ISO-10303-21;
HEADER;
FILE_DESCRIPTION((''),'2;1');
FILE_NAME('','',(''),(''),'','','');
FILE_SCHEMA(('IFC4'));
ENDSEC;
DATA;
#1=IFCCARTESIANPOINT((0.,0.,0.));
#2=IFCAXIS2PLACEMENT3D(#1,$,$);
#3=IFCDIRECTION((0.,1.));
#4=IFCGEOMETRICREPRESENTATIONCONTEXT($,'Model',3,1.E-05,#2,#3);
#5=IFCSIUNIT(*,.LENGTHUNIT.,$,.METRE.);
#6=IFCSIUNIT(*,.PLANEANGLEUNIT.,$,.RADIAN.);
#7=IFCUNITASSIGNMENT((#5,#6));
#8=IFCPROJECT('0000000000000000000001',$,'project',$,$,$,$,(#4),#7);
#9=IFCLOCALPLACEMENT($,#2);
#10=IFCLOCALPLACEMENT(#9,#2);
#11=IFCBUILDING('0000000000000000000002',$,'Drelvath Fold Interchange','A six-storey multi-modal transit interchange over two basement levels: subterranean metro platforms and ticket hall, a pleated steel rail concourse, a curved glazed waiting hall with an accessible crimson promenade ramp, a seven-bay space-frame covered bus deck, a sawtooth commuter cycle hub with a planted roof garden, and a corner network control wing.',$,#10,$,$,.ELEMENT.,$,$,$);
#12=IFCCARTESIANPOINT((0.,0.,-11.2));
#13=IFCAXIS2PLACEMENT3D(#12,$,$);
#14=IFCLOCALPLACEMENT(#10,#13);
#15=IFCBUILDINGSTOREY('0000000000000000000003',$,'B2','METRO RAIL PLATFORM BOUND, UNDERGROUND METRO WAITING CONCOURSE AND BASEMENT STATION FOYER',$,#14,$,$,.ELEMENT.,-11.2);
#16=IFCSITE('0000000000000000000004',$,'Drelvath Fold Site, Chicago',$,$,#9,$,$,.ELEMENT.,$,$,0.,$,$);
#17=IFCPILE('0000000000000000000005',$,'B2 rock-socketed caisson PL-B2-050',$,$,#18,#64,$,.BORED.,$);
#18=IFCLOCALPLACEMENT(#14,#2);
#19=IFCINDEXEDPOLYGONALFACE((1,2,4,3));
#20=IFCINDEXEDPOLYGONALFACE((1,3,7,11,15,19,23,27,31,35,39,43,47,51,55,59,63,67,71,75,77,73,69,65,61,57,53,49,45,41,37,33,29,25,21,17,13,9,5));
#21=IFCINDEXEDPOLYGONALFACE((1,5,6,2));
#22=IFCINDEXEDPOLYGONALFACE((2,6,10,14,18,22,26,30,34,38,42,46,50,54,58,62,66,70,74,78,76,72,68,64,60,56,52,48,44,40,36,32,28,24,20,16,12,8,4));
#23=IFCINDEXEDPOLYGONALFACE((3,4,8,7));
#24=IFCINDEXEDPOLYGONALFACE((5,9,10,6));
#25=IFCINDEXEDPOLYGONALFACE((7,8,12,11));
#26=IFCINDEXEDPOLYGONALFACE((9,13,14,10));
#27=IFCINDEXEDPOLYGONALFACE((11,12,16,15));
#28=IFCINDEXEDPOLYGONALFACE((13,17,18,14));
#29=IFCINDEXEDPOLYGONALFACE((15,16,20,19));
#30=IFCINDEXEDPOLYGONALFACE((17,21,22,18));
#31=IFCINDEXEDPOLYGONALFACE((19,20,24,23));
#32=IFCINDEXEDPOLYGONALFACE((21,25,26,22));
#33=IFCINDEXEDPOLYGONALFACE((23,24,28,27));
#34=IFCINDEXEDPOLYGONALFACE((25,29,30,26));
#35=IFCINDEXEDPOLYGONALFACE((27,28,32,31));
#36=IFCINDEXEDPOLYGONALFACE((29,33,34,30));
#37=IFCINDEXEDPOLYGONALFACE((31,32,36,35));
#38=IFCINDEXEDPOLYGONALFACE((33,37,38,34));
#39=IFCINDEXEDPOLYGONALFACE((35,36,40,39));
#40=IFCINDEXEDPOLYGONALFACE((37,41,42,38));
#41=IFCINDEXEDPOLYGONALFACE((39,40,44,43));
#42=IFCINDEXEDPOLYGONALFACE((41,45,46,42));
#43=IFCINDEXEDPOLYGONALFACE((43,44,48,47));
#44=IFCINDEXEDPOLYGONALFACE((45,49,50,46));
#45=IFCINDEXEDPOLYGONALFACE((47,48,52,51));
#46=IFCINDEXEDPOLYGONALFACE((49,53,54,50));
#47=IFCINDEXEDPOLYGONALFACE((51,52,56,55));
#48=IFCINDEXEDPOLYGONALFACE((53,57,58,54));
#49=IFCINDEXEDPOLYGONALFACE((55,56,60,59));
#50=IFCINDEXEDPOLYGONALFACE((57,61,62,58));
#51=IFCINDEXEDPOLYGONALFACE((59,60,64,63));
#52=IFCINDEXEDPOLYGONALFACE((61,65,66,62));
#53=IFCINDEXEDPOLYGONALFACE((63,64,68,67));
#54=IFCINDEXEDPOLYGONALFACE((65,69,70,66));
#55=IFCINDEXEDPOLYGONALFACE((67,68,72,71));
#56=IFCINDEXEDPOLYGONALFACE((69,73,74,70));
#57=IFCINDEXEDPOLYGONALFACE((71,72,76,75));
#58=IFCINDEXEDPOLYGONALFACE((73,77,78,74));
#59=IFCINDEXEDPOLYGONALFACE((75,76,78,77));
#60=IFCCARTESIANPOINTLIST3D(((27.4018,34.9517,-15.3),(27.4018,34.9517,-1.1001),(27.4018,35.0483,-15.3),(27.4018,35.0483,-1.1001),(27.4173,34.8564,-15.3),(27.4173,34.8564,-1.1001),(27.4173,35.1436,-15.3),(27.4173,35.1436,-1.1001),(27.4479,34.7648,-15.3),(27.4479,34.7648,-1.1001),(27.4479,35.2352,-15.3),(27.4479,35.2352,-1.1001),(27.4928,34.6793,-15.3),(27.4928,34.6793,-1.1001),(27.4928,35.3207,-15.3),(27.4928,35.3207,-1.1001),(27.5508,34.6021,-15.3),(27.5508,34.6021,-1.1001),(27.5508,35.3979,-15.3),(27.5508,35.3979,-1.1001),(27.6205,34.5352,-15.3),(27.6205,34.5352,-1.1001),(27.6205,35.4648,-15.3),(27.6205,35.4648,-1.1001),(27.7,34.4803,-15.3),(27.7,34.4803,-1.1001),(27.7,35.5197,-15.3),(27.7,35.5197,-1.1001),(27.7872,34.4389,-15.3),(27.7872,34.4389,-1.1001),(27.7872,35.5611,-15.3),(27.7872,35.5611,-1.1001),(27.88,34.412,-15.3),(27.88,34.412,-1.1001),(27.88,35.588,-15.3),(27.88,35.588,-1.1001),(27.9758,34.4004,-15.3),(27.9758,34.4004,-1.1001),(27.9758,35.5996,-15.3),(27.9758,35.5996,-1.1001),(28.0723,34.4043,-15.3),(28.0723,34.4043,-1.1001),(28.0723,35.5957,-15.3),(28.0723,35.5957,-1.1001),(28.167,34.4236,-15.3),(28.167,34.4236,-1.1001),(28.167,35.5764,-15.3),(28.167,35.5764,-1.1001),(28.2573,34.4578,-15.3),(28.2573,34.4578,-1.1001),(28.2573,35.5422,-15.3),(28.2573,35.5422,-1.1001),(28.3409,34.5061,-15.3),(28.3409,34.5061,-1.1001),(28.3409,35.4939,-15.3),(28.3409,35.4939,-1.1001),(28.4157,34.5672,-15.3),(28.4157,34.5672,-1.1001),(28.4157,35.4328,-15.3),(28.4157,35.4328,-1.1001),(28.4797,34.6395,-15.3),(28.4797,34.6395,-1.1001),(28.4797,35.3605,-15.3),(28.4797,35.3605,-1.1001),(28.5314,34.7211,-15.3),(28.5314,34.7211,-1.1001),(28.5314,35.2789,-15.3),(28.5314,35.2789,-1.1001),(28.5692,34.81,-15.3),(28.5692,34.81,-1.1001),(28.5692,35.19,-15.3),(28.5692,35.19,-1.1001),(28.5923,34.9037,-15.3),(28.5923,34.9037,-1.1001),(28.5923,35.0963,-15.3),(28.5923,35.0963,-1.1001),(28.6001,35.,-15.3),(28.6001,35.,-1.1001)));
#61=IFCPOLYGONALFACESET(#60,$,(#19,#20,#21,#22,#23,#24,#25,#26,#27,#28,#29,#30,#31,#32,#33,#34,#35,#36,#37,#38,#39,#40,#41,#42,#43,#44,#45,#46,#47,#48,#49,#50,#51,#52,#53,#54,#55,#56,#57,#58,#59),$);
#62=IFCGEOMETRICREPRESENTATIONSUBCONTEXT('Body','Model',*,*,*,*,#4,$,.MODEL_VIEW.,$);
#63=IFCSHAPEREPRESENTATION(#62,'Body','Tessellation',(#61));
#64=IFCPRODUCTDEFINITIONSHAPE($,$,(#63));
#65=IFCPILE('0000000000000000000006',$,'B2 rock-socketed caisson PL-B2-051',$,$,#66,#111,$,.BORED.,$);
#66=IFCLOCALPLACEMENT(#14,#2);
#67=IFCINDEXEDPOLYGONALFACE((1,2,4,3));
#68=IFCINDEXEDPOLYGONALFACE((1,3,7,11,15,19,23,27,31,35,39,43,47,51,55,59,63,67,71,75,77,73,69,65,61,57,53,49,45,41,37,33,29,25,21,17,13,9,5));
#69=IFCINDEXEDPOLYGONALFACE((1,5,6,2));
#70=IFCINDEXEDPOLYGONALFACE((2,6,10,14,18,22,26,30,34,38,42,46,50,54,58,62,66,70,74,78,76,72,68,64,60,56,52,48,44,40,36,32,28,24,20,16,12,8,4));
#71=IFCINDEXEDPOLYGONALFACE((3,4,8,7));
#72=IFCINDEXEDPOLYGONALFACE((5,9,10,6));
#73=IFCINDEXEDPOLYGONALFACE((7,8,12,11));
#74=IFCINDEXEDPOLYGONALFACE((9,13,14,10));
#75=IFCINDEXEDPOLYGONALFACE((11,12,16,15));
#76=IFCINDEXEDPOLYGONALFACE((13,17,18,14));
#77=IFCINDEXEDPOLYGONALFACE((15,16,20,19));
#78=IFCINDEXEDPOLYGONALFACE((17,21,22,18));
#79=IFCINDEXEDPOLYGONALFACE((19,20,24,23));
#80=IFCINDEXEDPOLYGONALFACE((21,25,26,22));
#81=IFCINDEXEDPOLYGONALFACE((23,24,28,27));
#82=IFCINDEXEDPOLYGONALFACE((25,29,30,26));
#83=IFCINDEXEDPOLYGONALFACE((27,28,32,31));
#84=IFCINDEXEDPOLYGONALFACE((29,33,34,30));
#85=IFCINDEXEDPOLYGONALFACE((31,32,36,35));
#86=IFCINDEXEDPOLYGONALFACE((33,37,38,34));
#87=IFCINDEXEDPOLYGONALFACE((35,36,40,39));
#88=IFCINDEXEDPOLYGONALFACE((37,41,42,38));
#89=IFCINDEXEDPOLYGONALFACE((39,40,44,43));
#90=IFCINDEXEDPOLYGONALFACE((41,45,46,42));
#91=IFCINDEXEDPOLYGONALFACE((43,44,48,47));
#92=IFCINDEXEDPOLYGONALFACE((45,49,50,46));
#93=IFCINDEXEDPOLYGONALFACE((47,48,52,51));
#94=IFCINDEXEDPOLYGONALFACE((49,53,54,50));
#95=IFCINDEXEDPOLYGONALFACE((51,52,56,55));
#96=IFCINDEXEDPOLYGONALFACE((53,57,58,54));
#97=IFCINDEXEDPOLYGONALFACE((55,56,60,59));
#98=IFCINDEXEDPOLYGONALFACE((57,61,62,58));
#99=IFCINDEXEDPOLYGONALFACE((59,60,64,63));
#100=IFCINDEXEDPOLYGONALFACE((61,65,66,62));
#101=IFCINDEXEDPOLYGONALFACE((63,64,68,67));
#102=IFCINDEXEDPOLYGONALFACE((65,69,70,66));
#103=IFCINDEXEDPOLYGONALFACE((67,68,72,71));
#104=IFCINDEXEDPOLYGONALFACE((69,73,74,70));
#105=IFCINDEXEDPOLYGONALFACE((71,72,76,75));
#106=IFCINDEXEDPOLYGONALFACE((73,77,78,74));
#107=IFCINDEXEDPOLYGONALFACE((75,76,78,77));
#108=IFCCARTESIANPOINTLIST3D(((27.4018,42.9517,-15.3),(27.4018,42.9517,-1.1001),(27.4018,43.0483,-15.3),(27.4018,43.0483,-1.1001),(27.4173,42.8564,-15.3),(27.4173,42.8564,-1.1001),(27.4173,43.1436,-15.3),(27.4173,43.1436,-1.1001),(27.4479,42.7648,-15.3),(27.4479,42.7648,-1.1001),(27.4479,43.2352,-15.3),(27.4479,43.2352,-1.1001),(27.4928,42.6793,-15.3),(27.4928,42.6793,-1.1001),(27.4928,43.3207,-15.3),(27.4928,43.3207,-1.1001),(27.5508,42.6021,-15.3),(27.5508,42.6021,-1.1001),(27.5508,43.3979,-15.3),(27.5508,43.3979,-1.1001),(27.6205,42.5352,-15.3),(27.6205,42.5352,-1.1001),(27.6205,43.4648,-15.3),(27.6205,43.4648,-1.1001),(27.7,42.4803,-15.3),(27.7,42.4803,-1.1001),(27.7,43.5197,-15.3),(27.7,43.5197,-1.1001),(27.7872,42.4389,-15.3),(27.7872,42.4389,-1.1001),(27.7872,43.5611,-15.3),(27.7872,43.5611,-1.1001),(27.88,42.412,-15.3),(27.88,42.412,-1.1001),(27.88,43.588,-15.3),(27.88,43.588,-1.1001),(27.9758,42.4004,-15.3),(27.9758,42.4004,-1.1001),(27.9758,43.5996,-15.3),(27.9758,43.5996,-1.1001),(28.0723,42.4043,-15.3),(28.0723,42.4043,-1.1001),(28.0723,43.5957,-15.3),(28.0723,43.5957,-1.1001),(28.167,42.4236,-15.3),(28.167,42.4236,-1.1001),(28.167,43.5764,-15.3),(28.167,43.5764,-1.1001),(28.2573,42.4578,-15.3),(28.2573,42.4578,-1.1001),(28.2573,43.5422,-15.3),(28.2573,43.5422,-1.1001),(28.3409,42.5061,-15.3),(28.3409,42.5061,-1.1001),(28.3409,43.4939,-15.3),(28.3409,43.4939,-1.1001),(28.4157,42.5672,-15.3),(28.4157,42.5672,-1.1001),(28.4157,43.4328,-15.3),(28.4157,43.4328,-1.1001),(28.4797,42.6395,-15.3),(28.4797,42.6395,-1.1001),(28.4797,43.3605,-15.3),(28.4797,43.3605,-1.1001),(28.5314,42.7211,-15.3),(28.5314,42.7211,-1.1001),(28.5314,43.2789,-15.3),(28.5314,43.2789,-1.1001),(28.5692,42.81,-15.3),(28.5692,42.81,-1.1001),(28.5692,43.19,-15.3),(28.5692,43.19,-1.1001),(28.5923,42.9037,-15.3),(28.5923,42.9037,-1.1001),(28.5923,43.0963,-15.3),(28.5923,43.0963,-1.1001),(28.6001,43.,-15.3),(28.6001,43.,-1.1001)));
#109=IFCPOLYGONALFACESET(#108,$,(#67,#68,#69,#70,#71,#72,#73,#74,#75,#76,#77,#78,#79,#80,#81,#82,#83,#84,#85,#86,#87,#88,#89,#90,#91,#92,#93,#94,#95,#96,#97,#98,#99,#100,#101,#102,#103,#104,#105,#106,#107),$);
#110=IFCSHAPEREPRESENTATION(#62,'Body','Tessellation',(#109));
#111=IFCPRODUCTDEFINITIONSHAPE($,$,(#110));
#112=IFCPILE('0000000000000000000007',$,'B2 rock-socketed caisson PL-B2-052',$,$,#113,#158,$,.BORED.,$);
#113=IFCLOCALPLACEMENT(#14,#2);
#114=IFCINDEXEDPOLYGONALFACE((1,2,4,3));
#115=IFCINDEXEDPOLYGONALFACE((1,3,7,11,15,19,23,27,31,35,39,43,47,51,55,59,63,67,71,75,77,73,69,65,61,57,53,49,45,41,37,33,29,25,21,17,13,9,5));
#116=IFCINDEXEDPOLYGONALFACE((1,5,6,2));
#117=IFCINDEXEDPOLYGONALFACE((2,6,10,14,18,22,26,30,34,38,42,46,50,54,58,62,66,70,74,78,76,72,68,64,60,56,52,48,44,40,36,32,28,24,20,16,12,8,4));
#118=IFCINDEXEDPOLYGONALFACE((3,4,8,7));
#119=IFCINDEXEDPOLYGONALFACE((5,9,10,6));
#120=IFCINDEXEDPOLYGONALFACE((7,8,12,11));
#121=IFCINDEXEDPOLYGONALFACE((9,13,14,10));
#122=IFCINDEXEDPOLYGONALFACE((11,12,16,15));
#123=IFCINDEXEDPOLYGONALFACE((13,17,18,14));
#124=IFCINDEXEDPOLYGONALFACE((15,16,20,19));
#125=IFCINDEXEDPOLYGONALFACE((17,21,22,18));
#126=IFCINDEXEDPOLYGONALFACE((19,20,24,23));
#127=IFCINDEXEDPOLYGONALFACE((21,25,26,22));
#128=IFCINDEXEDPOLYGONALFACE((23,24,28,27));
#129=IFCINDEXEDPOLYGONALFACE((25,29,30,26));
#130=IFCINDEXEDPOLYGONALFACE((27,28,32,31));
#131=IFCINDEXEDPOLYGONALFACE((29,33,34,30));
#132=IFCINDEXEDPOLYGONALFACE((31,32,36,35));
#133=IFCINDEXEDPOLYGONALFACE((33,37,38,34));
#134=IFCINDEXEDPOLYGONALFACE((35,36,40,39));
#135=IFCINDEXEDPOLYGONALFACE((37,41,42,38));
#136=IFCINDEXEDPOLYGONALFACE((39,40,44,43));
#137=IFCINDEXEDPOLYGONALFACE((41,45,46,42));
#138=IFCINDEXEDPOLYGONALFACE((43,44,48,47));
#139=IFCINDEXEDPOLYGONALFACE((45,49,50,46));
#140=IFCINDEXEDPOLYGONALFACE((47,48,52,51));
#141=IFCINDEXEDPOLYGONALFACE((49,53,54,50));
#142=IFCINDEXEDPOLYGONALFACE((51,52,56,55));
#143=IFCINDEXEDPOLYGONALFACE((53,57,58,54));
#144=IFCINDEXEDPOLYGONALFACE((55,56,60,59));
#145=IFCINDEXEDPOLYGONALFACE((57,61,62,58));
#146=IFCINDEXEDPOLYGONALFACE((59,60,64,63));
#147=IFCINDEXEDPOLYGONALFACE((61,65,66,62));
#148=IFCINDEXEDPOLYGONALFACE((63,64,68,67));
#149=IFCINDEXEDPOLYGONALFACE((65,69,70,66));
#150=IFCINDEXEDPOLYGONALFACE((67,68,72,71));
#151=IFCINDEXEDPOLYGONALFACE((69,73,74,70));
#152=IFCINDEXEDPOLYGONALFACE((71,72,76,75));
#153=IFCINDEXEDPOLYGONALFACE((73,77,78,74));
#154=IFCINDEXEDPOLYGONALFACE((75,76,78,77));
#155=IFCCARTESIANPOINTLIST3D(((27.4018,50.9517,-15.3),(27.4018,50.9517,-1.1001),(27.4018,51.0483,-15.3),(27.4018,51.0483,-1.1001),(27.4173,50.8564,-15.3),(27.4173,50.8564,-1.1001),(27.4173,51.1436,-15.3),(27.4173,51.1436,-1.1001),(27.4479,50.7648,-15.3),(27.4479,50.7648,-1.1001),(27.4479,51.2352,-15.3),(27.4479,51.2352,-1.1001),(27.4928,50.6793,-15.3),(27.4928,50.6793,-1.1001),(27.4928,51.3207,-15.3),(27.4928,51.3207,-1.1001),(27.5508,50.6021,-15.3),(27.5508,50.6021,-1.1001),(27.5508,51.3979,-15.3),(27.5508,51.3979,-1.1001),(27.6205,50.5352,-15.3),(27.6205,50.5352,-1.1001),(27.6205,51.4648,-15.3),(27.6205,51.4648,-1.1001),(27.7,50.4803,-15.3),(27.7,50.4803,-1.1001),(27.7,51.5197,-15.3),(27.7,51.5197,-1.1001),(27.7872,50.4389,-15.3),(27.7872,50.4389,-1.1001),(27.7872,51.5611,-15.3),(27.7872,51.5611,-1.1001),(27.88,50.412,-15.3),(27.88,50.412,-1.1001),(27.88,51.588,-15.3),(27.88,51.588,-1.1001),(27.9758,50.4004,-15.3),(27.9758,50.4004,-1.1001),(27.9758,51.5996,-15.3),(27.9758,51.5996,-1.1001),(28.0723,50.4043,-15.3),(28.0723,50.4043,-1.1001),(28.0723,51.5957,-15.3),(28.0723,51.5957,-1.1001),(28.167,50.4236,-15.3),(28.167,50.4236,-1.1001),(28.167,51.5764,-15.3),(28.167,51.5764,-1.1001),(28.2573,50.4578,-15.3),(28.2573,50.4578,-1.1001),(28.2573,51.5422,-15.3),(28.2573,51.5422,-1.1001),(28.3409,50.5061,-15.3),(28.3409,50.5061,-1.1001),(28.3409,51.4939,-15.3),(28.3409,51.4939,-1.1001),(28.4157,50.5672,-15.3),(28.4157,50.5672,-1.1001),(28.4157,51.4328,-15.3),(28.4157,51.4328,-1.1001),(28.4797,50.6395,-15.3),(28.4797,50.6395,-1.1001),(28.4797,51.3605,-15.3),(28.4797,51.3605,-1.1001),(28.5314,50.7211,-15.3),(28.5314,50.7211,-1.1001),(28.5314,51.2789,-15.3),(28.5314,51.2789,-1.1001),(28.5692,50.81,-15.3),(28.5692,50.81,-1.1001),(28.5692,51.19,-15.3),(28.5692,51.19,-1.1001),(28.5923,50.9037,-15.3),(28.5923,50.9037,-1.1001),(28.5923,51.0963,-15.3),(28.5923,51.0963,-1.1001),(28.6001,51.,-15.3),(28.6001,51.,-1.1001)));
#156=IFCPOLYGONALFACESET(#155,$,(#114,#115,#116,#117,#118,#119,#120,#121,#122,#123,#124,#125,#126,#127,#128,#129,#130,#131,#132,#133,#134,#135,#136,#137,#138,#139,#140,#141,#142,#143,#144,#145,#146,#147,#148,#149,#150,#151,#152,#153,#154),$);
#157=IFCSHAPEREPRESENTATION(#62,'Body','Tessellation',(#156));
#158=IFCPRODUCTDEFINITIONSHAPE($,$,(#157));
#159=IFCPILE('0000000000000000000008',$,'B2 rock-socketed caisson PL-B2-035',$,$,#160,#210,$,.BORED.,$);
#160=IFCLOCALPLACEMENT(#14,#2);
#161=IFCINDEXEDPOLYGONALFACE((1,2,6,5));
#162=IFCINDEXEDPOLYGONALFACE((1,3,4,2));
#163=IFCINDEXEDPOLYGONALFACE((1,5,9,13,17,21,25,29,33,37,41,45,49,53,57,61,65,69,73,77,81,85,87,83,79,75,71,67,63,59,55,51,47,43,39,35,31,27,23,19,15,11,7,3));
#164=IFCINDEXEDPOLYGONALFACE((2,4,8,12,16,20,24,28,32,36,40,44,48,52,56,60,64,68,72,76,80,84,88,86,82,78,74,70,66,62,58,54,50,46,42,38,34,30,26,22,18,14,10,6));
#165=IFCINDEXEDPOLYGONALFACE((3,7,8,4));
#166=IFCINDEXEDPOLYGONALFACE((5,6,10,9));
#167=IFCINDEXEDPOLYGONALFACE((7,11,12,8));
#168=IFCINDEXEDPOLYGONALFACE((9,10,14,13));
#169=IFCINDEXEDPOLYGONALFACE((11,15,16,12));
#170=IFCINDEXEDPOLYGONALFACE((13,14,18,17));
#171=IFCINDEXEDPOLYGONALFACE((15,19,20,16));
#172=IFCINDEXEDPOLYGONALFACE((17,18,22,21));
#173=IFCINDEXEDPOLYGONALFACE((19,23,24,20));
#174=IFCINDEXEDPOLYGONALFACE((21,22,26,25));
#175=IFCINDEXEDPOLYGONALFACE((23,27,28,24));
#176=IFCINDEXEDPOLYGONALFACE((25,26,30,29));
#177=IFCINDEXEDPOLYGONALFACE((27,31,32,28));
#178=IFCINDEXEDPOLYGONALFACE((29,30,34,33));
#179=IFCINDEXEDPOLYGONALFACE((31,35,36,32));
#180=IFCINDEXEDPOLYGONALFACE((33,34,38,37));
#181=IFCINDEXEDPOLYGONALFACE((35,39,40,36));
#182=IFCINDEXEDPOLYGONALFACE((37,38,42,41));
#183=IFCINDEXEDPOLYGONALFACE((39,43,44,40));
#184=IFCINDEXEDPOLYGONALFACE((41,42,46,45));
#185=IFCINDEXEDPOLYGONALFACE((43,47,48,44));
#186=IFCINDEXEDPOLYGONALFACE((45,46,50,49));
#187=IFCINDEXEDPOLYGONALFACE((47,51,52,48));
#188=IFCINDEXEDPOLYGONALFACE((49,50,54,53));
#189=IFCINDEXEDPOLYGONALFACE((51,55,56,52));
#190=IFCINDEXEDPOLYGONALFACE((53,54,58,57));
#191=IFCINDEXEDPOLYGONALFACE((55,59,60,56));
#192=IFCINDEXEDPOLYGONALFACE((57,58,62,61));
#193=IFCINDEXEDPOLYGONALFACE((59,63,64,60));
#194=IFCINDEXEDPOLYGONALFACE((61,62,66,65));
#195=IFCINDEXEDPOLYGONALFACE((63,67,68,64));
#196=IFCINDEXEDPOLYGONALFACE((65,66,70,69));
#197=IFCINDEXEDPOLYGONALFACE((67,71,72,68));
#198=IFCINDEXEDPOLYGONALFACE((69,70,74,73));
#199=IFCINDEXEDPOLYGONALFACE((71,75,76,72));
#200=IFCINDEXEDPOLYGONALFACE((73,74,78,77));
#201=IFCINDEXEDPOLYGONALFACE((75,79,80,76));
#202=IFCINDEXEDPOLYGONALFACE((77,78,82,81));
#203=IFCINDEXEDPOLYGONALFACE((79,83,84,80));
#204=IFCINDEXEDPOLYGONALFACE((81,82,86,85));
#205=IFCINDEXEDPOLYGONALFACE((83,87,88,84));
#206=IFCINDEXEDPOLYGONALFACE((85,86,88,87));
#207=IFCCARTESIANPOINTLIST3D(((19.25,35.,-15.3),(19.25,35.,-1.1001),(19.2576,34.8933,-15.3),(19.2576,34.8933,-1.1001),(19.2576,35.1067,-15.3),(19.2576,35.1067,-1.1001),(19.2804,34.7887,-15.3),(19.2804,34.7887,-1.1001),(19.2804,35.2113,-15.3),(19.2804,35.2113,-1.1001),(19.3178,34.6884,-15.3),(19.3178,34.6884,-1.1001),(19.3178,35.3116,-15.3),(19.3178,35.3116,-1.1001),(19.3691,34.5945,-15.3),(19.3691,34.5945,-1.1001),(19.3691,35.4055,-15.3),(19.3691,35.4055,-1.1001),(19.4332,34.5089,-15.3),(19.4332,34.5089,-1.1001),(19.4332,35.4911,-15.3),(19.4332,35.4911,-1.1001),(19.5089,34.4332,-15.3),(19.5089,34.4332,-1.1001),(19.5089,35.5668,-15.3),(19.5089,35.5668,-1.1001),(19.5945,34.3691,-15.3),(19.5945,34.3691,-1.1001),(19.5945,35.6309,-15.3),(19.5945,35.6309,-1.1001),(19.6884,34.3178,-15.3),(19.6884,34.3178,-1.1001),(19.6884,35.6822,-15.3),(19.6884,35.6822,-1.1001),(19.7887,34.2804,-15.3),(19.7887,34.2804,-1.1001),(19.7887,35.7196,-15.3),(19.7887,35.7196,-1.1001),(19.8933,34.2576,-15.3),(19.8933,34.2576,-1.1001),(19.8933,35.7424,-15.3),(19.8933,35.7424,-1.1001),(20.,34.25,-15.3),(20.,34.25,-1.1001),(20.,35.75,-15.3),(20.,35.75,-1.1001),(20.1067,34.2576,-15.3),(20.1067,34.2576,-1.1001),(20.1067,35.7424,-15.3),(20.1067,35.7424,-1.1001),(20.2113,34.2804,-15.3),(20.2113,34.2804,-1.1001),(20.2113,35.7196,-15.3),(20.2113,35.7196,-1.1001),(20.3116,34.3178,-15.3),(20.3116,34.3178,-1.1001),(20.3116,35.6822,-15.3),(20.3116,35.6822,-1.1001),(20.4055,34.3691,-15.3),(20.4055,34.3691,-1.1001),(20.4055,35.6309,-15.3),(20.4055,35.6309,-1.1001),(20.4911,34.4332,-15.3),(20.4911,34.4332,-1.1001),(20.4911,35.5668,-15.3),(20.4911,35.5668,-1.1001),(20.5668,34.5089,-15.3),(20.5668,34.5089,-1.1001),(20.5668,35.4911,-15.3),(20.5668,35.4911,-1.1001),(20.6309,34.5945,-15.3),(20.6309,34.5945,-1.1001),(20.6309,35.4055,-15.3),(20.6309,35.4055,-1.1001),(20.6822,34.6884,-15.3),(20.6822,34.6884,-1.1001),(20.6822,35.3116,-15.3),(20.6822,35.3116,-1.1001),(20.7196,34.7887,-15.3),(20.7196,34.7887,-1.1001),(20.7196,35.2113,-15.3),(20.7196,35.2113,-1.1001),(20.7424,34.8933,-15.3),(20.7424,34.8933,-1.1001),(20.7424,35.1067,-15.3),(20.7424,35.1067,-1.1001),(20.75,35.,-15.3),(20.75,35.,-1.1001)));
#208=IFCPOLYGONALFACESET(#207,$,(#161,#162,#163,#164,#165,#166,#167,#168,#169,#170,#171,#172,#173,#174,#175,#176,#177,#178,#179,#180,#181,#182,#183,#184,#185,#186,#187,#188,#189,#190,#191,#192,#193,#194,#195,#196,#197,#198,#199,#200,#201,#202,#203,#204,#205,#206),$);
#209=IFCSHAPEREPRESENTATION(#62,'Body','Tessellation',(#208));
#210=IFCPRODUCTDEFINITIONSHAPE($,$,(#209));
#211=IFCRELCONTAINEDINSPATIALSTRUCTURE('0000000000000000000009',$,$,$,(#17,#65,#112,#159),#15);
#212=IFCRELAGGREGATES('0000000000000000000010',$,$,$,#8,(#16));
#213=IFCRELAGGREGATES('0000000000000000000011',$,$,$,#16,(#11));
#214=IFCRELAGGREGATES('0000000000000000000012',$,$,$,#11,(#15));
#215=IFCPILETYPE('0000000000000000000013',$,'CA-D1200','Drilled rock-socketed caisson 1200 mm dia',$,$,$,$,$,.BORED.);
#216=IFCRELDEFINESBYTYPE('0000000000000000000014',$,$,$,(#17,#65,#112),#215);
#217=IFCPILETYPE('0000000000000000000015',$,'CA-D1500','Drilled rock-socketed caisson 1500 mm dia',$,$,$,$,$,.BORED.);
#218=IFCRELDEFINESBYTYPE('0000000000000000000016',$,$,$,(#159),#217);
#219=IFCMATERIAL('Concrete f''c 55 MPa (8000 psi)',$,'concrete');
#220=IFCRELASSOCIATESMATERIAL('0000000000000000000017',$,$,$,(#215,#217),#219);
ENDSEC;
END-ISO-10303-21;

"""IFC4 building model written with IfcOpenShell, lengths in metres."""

from ifc_helpers import new_model, si_unit, direction, frame, origin, origin_2d, place, context, subcontext, project, spatial, circle, extrude, material, material_profile, profile_set, type_object, element, save


model = new_model("IFC4")

# Units and contexts
model_context = context("Model", 3, precision=1e-05, world=origin(), true_north=direction((0.0, 1.0)))
body_context = subcontext(model_context, "Body", "Model", "MODEL_VIEW")
ifc_project = project(units=[si_unit("LENGTHUNIT", "METRE"), si_unit("PLANEANGLEUNIT", "RADIAN")], contexts=[model_context])

# Site, building, storey
site_placement = place(None, origin())
site = spatial("IfcSite", under=ifc_project, at=site_placement, Name="Drelvath Fold Site, Chicago", CompositionType="ELEMENT", RefElevation=0.0)
building_placement = place(site_placement, origin())
building = spatial("IfcBuilding", under=site, at=building_placement, Name="Drelvath Fold Interchange", Description="A six-storey multi-modal transit interchange over two basement levels: subterranean metro platforms and ticket hall, a pleated steel rail concourse, a curved glazed waiting hall with an accessible crimson promenade ramp, a seven-bay space-frame covered bus deck, a sawtooth commuter cycle hub with a planted roof garden, and a corner network control wing.", CompositionType="ELEMENT")
storey_placement = place(building_placement, frame((0.0, 0.0, -11.2)))
storey = spatial("IfcBuildingStorey", under=building, at=storey_placement, Name="B2", Description="METRO RAIL PLATFORM BOUND, UNDERGROUND METRO WAITING CONCOURSE AND BASEMENT STATION FOYER", CompositionType="ELEMENT", Elevation=-11.2)

# Piles
ifc_material_1 = material(Name="Concrete f'c 55 MPa (8000 psi)", Category="concrete")
ifc_material_profile_1 = material_profile(ifc_material_1, circle(Radius=0.6001, at=origin_2d()), Name="CAISSON D1200")
ifc_profile_set_1 = profile_set([ifc_material_profile_1], Name="Concrete f'c 55 MPa (8000 psi)")
pile_type_1 = type_object("IfcPileType", Name="CA-D1200", Description="Drilled rock-socketed caisson 1200 mm dia", PredefinedType="BORED", material=ifc_profile_set_1)
for number, where, z_axis, x_axis, name in (
    (1, (28.0, 35.0, -1.1001), (0.0, 0.0, -1.0), (1.0, 0.0, 0.0), "B2 rock-socketed caisson PL-B2-050"),
    (2, (28.0, 43.0, -1.1001), (0.0, 0.0, -1.0), (1.0, 0.0, 0.0), "B2 rock-socketed caisson PL-B2-051"),
    (3, (28.0, 51.0, -1.1001), (0.0, 0.0, -1.0), (1.0, 0.0, 0.0), "B2 rock-socketed caisson PL-B2-052"),
):
    element("IfcPile", number, at=place(storey_placement, frame(where, z_axis=z_axis, x_axis=x_axis)), inside=storey, type_object=pile_type_1, Name=name, PredefinedType="BORED", context=body_context, shape_type="SweptSolid", body=[
        extrude(circle(Radius=0.6001, at=origin_2d()), origin(), (0.0, 0.0, 1.0), 14.2),
    ])
ifc_material_profile_2 = material_profile(ifc_material_1, circle(Radius=0.75, at=origin_2d()), Name="CAISSON D1500")
ifc_profile_set_2 = profile_set([ifc_material_profile_2], Name="Concrete f'c 55 MPa (8000 psi)")
pile_type_2 = type_object("IfcPileType", Name="CA-D1500", Description="Drilled rock-socketed caisson 1500 mm dia", PredefinedType="BORED", material=ifc_profile_set_2)
for number, where, z_axis, x_axis, name in (
    (4, (20.0, 35.0, -1.1001), (0.0, 0.0, -1.0), (1.0, 0.0, 0.0), "B2 rock-socketed caisson PL-B2-035"),
):
    element("IfcPile", number, at=place(storey_placement, frame(where, z_axis=z_axis, x_axis=x_axis)), inside=storey, type_object=pile_type_2, Name=name, PredefinedType="BORED", context=body_context, shape_type="SweptSolid", body=[
        extrude(circle(Radius=0.75, at=origin_2d()), origin(), (0.0, 0.0, 1.0), 14.2),
    ])

save(model, "model.ifc")
